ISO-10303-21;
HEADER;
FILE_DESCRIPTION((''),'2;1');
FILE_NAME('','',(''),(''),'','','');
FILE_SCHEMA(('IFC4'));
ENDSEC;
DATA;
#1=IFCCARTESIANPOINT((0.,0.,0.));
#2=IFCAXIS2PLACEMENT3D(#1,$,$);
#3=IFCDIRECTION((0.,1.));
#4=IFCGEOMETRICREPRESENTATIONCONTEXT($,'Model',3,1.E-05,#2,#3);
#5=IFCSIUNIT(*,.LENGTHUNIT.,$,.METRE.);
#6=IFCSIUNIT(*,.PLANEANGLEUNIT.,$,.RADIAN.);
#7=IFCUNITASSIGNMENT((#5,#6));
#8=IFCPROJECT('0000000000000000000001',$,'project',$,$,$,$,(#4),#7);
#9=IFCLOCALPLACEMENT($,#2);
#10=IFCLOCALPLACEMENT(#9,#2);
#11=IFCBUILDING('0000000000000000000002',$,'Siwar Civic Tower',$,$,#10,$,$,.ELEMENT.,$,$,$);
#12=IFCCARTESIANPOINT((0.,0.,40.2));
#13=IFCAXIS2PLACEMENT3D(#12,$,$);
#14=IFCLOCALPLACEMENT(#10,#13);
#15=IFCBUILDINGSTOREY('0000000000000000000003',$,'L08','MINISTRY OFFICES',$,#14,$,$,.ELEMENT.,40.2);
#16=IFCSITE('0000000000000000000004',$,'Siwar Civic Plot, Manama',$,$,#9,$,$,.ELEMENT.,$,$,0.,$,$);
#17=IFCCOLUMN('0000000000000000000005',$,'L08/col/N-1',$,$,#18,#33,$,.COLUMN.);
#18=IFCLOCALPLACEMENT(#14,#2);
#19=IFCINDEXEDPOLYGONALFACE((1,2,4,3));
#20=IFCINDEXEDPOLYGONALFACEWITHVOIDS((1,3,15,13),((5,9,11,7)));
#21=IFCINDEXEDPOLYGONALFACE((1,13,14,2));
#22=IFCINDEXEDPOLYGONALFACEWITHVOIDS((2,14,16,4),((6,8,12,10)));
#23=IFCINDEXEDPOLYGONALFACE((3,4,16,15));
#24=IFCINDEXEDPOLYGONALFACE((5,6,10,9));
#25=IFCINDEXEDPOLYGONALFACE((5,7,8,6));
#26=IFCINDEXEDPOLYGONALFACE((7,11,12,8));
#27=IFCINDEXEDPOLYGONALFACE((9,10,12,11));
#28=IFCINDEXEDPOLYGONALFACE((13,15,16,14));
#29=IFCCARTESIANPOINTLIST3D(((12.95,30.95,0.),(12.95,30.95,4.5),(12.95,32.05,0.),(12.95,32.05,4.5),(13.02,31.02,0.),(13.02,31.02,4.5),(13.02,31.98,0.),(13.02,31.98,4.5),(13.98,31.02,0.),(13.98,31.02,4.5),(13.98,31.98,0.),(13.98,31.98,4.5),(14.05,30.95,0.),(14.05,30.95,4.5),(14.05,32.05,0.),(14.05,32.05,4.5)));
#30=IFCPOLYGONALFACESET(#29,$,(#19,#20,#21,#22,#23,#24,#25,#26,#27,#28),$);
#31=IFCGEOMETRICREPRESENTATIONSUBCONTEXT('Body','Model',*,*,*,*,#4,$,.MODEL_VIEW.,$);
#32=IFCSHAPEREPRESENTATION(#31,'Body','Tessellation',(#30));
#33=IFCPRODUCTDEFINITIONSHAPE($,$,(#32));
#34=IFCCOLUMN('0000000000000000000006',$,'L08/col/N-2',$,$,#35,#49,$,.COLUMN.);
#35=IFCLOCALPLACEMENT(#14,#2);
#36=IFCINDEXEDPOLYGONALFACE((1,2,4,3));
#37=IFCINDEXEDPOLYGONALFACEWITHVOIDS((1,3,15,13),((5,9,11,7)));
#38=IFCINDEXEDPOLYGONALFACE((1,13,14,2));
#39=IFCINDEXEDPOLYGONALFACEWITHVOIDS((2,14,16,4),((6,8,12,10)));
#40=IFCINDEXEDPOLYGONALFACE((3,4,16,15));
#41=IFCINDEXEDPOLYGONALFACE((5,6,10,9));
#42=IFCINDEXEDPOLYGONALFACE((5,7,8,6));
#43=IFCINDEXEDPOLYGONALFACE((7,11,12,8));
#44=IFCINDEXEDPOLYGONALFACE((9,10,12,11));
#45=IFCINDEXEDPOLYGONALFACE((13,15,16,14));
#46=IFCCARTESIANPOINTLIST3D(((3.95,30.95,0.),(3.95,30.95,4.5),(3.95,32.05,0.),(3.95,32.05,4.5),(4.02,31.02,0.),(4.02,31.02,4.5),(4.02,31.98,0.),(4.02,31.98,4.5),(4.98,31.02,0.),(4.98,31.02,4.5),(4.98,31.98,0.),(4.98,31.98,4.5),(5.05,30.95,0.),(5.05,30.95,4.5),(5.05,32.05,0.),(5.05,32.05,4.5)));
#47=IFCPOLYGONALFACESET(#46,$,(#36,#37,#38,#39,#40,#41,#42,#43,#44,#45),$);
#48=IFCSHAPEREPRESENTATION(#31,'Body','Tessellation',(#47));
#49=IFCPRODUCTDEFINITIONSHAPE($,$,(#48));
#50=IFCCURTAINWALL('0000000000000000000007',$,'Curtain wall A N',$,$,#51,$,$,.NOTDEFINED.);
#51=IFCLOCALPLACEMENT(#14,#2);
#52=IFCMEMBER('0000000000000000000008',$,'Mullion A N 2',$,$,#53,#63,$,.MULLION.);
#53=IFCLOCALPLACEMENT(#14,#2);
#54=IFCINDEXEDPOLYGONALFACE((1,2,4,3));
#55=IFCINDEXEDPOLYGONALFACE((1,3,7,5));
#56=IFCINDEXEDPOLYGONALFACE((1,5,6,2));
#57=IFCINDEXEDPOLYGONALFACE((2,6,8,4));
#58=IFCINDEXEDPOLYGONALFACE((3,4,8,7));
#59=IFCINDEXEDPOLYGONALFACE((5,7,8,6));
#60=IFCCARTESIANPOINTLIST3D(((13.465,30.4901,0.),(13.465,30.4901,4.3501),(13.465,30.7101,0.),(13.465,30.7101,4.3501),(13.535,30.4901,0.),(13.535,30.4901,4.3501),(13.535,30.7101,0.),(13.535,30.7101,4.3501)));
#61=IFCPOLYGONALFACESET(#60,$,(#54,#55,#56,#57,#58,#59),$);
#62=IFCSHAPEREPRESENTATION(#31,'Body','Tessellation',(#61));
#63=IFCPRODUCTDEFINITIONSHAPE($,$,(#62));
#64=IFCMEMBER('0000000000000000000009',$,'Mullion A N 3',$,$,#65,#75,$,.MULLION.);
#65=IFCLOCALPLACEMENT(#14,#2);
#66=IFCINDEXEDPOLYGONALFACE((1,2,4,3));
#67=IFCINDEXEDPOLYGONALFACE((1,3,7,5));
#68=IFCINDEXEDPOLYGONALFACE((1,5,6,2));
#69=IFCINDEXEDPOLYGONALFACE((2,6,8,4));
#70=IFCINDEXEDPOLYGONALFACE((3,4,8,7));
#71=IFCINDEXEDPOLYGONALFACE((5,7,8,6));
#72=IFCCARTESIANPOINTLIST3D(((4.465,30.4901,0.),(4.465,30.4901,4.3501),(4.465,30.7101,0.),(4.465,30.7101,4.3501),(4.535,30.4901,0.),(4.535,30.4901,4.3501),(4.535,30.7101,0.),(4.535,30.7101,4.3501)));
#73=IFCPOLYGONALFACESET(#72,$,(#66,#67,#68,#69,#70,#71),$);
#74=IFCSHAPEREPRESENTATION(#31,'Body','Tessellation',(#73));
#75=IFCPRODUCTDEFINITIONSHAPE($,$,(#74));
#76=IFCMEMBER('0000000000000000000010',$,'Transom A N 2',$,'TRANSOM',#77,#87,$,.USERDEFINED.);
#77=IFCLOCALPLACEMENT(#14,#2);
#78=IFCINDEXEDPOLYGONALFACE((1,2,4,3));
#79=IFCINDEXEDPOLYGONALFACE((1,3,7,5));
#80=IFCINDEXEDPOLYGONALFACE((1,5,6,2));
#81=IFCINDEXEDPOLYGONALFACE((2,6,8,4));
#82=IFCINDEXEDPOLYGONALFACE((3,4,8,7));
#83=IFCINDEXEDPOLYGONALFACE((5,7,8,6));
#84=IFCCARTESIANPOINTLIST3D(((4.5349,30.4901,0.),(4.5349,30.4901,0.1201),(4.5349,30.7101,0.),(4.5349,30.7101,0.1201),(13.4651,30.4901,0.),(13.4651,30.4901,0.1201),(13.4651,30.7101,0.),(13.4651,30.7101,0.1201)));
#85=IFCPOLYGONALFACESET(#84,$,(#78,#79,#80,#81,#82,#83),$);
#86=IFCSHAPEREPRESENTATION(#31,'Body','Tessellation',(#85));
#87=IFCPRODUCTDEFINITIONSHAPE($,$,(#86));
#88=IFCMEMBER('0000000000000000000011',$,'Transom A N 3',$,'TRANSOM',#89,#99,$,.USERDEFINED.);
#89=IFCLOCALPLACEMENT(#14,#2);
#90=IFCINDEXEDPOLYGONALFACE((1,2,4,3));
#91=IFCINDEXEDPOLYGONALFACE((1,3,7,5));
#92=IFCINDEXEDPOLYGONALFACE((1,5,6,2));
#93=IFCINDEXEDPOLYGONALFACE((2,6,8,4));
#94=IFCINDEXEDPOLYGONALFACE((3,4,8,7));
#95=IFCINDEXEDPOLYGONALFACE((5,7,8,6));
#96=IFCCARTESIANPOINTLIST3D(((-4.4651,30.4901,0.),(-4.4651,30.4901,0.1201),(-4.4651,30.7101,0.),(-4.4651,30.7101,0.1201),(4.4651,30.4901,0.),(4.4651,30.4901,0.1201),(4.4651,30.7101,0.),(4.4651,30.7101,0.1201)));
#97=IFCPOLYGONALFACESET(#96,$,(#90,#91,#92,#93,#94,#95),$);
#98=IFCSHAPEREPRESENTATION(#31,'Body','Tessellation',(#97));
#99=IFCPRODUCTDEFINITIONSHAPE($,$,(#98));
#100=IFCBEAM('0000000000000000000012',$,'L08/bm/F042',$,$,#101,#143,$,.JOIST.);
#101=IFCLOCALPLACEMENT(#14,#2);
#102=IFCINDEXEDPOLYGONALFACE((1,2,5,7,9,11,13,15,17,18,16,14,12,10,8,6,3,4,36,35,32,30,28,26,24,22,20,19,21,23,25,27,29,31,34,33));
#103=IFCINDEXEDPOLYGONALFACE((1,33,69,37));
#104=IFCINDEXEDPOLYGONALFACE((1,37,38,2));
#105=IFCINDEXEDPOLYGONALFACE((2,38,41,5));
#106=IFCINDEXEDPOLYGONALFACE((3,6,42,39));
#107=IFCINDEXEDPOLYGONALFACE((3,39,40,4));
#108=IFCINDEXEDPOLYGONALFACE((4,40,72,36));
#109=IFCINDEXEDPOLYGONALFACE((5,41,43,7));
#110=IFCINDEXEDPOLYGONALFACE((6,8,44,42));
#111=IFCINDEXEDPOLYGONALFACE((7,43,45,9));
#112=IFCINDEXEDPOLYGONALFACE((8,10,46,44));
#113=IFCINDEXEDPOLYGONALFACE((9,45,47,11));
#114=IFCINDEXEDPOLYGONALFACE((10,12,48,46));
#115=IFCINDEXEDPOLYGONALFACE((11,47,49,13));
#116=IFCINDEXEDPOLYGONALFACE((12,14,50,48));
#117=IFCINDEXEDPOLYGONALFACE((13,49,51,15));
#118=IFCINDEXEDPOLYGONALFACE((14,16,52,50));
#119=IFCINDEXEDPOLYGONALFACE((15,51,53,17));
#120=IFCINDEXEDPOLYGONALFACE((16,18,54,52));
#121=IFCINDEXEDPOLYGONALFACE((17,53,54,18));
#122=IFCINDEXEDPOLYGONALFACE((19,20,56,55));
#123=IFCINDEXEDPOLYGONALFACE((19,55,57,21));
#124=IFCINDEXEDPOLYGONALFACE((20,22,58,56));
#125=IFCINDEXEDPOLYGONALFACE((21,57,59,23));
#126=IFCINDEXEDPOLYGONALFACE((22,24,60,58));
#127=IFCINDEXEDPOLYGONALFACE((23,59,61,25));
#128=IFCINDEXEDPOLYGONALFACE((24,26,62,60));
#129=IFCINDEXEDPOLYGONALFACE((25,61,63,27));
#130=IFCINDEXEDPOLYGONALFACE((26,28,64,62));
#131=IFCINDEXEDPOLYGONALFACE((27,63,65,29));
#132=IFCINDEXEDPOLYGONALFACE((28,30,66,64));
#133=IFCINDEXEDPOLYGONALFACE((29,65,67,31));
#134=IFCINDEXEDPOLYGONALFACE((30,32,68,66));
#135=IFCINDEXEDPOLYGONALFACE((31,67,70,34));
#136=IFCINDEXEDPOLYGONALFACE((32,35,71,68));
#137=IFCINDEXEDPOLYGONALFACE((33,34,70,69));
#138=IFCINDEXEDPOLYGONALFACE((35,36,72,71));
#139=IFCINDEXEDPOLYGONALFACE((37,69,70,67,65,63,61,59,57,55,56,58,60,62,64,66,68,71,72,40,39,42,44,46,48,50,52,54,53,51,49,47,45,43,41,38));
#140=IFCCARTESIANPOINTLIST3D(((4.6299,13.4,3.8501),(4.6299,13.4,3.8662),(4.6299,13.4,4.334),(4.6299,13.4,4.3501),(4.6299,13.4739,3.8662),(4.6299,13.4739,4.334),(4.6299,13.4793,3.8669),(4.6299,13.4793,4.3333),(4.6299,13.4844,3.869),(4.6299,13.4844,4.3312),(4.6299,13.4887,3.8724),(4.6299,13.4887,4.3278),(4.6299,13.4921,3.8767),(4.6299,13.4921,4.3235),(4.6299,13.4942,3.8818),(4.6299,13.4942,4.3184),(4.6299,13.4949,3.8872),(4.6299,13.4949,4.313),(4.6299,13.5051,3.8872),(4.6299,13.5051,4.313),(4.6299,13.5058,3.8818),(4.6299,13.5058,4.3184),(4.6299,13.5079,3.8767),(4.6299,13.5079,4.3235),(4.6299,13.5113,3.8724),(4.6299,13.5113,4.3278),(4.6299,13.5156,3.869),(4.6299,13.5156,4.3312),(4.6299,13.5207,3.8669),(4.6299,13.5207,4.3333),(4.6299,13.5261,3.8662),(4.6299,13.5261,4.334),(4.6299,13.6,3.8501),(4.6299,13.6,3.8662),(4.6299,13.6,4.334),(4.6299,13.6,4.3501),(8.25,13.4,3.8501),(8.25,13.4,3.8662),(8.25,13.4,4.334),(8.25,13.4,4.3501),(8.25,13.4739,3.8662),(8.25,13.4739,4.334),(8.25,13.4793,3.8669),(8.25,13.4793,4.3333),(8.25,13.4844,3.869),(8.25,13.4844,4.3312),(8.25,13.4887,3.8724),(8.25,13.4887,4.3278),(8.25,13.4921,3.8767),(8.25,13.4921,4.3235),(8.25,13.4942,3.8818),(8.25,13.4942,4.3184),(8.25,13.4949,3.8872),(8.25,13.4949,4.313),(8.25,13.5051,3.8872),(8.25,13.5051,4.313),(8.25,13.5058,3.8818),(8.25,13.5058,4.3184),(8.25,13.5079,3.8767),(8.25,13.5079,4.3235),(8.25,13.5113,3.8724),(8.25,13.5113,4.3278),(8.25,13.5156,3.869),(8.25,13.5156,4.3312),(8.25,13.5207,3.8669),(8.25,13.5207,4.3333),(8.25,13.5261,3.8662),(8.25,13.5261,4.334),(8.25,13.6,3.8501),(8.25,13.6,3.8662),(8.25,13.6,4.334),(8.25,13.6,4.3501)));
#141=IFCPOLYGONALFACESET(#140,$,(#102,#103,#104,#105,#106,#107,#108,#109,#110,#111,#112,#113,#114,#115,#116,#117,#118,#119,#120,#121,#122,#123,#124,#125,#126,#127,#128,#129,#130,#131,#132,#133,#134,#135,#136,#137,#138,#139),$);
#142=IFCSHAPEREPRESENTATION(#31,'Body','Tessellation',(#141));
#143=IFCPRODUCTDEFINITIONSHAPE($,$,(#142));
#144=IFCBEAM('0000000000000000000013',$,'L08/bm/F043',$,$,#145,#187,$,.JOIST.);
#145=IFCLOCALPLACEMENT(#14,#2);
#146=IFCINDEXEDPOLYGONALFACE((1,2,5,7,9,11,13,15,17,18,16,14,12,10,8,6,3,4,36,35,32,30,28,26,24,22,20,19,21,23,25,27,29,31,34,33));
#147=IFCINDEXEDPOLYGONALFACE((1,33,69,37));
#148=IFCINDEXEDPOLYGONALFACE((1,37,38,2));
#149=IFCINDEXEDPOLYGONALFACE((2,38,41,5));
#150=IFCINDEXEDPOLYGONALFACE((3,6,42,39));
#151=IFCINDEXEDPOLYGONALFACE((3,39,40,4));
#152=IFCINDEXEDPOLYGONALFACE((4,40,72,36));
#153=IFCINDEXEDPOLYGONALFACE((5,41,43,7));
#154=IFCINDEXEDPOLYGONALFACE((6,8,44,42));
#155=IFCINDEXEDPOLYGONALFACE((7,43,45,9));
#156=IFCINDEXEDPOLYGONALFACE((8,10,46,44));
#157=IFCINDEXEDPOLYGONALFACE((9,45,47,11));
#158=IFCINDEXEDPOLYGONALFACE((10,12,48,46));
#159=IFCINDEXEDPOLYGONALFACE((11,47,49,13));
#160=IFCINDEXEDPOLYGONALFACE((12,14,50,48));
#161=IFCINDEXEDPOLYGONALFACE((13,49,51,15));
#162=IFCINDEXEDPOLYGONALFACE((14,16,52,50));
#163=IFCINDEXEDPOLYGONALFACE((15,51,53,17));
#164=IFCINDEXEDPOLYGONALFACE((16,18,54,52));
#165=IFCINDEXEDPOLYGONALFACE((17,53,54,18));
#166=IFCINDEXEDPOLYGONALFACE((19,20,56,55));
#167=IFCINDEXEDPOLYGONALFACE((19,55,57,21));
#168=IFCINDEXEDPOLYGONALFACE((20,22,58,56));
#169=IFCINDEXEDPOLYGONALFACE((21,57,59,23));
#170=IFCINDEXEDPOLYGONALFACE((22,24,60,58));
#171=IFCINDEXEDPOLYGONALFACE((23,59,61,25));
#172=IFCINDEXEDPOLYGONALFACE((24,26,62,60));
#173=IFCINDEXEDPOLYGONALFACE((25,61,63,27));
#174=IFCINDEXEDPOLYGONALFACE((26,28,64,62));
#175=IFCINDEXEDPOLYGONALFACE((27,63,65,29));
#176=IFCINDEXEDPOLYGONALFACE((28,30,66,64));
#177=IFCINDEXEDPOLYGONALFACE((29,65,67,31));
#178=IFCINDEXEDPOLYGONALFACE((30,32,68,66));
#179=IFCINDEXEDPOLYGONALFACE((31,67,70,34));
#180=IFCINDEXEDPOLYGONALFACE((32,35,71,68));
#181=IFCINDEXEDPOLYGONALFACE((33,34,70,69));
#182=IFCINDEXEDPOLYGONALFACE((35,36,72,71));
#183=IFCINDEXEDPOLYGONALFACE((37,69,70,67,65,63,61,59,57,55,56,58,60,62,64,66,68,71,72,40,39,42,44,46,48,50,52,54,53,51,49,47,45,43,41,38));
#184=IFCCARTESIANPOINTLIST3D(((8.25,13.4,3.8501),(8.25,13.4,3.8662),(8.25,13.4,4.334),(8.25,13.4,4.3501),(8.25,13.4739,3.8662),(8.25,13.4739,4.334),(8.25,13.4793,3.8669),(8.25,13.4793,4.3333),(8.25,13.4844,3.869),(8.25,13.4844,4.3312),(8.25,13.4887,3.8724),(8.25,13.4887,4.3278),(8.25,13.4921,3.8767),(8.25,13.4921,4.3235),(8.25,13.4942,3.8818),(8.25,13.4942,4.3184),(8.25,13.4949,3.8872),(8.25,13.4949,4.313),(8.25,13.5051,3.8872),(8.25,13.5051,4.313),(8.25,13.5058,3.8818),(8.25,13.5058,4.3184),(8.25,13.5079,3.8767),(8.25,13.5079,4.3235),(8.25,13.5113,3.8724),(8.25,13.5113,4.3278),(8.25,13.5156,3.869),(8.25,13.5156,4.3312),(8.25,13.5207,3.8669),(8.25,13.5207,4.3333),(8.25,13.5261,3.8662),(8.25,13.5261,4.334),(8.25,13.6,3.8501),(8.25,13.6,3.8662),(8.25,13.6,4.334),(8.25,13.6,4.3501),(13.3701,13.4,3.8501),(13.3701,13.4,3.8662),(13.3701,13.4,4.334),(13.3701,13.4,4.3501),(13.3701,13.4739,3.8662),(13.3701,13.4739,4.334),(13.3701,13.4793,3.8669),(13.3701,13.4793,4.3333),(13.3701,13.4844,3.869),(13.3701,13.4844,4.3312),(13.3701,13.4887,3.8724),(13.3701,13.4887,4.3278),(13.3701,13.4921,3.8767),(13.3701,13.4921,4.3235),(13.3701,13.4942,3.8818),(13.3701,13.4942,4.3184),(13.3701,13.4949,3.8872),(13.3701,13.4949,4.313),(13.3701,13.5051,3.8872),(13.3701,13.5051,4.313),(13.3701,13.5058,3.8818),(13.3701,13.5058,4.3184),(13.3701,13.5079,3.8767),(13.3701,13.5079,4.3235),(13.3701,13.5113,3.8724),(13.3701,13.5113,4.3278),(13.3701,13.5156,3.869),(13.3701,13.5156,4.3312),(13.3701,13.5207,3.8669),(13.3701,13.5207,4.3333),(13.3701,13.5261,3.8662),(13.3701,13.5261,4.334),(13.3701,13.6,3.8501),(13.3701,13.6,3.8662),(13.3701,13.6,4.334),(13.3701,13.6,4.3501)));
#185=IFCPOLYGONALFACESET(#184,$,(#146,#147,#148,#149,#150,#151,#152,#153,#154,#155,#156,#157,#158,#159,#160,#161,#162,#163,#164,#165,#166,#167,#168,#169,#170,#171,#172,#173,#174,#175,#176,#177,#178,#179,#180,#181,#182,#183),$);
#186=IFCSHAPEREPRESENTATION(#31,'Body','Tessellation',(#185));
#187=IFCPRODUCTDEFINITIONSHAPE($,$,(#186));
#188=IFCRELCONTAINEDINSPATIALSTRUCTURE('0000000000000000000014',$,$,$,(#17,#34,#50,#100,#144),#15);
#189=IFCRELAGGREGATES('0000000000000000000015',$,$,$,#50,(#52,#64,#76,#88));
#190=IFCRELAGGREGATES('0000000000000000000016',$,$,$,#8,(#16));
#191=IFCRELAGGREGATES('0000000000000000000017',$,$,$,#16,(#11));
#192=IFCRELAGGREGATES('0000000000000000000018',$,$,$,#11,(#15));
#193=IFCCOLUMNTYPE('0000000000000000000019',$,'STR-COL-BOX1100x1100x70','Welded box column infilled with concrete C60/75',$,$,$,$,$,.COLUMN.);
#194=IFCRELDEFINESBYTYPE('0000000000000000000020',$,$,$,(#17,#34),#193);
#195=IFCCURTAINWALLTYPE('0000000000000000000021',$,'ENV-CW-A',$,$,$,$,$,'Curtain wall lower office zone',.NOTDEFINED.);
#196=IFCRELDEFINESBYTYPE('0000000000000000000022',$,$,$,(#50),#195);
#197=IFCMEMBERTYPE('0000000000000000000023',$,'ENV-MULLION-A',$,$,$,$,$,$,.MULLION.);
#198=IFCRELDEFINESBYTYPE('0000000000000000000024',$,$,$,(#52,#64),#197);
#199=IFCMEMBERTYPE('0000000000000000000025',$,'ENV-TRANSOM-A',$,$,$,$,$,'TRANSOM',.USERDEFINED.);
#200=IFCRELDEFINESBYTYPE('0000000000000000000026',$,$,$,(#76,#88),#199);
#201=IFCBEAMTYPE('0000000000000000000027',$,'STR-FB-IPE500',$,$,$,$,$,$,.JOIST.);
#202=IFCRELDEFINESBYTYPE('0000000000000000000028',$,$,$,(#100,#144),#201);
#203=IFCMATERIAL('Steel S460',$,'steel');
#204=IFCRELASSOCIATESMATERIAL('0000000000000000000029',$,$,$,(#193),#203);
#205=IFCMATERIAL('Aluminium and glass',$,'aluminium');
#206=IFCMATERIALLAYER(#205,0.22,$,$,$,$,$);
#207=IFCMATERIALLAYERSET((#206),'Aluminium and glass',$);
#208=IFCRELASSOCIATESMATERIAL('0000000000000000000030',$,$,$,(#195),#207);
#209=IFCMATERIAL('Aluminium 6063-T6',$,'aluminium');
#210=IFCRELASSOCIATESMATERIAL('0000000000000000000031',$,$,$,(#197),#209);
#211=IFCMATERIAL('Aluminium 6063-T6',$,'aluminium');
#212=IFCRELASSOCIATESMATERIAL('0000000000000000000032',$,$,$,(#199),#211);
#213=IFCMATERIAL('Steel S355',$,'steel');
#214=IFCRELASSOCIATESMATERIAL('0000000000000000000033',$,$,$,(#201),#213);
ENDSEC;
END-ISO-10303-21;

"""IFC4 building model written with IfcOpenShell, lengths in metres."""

from ifc_helpers import new_model, si_unit, direction, frame, origin, origin_2d, place, context, subcontext, project, spatial, rectangle, hollow_rectangle, i_section, extrude, material, layer, layer_set, material_profile, profile_set, type_object, element, aggregate, save


model = new_model("IFC4")

# Units and contexts
model_context = context("Model", 3, precision=1e-05, world=origin(), true_north=direction((0.0, 1.0)))
body_context = subcontext(model_context, "Body", "Model", "MODEL_VIEW")
ifc_project = project(units=[si_unit("LENGTHUNIT", "METRE"), si_unit("PLANEANGLEUNIT", "RADIAN")], contexts=[model_context])

# Site, building, storey
site_placement = place(None, origin())
site = spatial("IfcSite", under=ifc_project, at=site_placement, Name="Siwar Civic Plot, Manama", CompositionType="ELEMENT", RefElevation=0.0)
building_placement = place(site_placement, origin())
building = spatial("IfcBuilding", under=site, at=building_placement, Name="Siwar Civic Tower", CompositionType="ELEMENT")
storey_placement = place(building_placement, frame((0.0, 0.0, 40.2)))
storey = spatial("IfcBuildingStorey", under=building, at=storey_placement, Name="L08", Description="MINISTRY OFFICES", CompositionType="ELEMENT", Elevation=40.2)

# Columns
ifc_material_1 = material(Name="Steel S460", Category="steel")
ifc_material_profile_1 = material_profile(ifc_material_1, hollow_rectangle(XDim=1.1001, YDim=1.1001, WallThickness=0.0701, at=origin_2d()), Name="BOX1100x1100x70")
ifc_profile_set_1 = profile_set([ifc_material_profile_1], Name="Steel S460")
column_type = type_object("IfcColumnType", Name="STR-COL-BOX1100x1100x70", Description="Welded box column infilled with concrete C60/75", PredefinedType="COLUMN", material=ifc_profile_set_1)
for number, where, z_axis, x_axis, name in (
    (1, (13.5, 31.5, 0.0), (0.0, 0.0, 1.0), (1.0, 0.0, 0.0), "L08/col/N-1"),
    (2, (4.5, 31.5, 0.0), (0.0, 0.0, 1.0), (1.0, 0.0, 0.0), "L08/col/N-2"),
):
    element("IfcColumn", number, at=place(storey_placement, frame(where, z_axis=z_axis, x_axis=x_axis)), inside=storey, type_object=column_type, Name=name, PredefinedType="COLUMN", context=body_context, shape_type="SweptSolid", body=[
        extrude(hollow_rectangle(XDim=1.1001, YDim=1.1001, WallThickness=0.0701, at=origin_2d()), origin(), (0.0, 0.0, 1.0), 4.5),
    ])

# Curtain wall, members
ifc_material_2 = material(Name="Aluminium and glass", Category="aluminium")
ifc_layer_1 = layer(ifc_material_2, 0.22)
ifc_layer_set_1 = layer_set([ifc_layer_1], Name="Aluminium and glass")
curtain_wall_type = type_object("IfcCurtainWallType", Name="ENV-CW-A", ElementType="Curtain wall lower office zone", PredefinedType="NOTDEFINED", material=ifc_layer_set_1)
curtain_wall_placement = place(storey_placement, origin())
curtain_wall = element("IfcCurtainWall", 3, at=curtain_wall_placement, inside=storey, type_object=curtain_wall_type, Name="Curtain wall A N", PredefinedType="NOTDEFINED")
ifc_material_3 = material(Name="Aluminium 6063-T6", Category="aluminium")
ifc_material_profile_2 = material_profile(ifc_material_3, rectangle(XDim=0.22, YDim=0.0701, at=origin_2d()), Name="AL 220x70")
ifc_profile_set_2 = profile_set([ifc_material_profile_2], Name="Aluminium 6063-T6")
member_type_1 = type_object("IfcMemberType", Name="ENV-MULLION-A", PredefinedType="MULLION", material=ifc_profile_set_2)
member_1_placement = place(storey_placement, frame((13.5, 30.6001, 0.0), z_axis=(0.0, 0.0, 1.0), x_axis=(0.0, -1.0, 0.0)))
member_1 = element("IfcMember", 4, at=member_1_placement, type_object=member_type_1, Name="Mullion A N 2", PredefinedType="MULLION", context=body_context, shape_type="SweptSolid", body=[
    extrude(rectangle(XDim=0.22, YDim=0.0701, at=origin_2d()), origin(), (0.0, 0.0, 1.0), 4.3501),
])
member_2_placement = place(storey_placement, frame((4.5, 30.6001, 0.0), z_axis=(0.0, 0.0, 1.0), x_axis=(0.0, -1.0, 0.0)))
member_2 = element("IfcMember", 5, at=member_2_placement, type_object=member_type_1, Name="Mullion A N 3", PredefinedType="MULLION", context=body_context, shape_type="SweptSolid", body=[
    extrude(rectangle(XDim=0.22, YDim=0.0701, at=origin_2d()), origin(), (0.0, 0.0, 1.0), 4.3501),
])
ifc_material_4 = material(Name="Aluminium 6063-T6", Category="aluminium")
ifc_material_profile_3 = material_profile(ifc_material_4, rectangle(XDim=0.22, YDim=0.1201, at=origin_2d()), Name="AL 220x120")
ifc_profile_set_3 = profile_set([ifc_material_profile_3], Name="Aluminium 6063-T6")
member_type_2 = type_object("IfcMemberType", Name="ENV-TRANSOM-A", ElementType="TRANSOM", PredefinedType="USERDEFINED", material=ifc_profile_set_3)
member_3_placement = place(storey_placement, frame((13.4651, 30.6001, 0.0601), z_axis=(-1.0, 0.0, 0.0), x_axis=(0.0, -1.0, 0.0)))
member_3 = element("IfcMember", 6, at=member_3_placement, type_object=member_type_2, Name="Transom A N 2", ObjectType="TRANSOM", PredefinedType="USERDEFINED", context=body_context, shape_type="SweptSolid", body=[
    extrude(rectangle(XDim=0.22, YDim=0.1201, at=origin_2d()), origin(), (0.0, 0.0, 1.0), 8.9302),
])
member_4_placement = place(storey_placement, frame((4.4651, 30.6001, 0.0601), z_axis=(-1.0, 0.0, 0.0), x_axis=(0.0, -1.0, 0.0)))
member_4 = element("IfcMember", 7, at=member_4_placement, type_object=member_type_2, Name="Transom A N 3", ObjectType="TRANSOM", PredefinedType="USERDEFINED", context=body_context, shape_type="SweptSolid", body=[
    extrude(rectangle(XDim=0.22, YDim=0.1201, at=origin_2d()), origin(), (0.0, 0.0, 1.0), 8.9302),
])

# Beams
ifc_material_5 = material(Name="Steel S355", Category="steel")
ifc_material_profile_4 = material_profile(ifc_material_5, i_section(OverallWidth=0.2, OverallDepth=0.5, WebThickness=0.0103, FlangeThickness=0.0161, FilletRadius=0.021, at=origin_2d()), Name="IPE500")
ifc_profile_set_4 = profile_set([ifc_material_profile_4], Name="Steel S355")
beam_type_1 = type_object("IfcBeamType", Name="STR-FB-IPE500", PredefinedType="JOIST", material=ifc_profile_set_4)
beam_1_placement = place(storey_placement, frame((4.6299, 13.5, 4.1001), z_axis=(1.0, 0.0, 0.0), x_axis=(0.0, 1.0, 0.0)))
element("IfcBeam", 8, at=beam_1_placement, inside=storey, type_object=beam_type_1, Name="L08/bm/F042", PredefinedType="JOIST", context=body_context, shape_type="SweptSolid", body=[
    extrude(i_section(OverallWidth=0.2, OverallDepth=0.5, WebThickness=0.0103, FlangeThickness=0.0161, FilletRadius=0.021, at=origin_2d()), origin(), (0.0, 0.0, 1.0), 3.6201),
])
beam_2_placement = place(storey_placement, frame((8.25, 13.5, 4.1001), z_axis=(1.0, 0.0, 0.0), x_axis=(0.0, 1.0, 0.0)))
element("IfcBeam", 9, at=beam_2_placement, inside=storey, type_object=beam_type_1, Name="L08/bm/F043", PredefinedType="JOIST", context=body_context, shape_type="SweptSolid", body=[
    extrude(i_section(OverallWidth=0.2, OverallDepth=0.5, WebThickness=0.0103, FlangeThickness=0.0161, FilletRadius=0.021, at=origin_2d()), origin(), (0.0, 0.0, 1.0), 5.1201),
])

aggregate(curtain_wall, [member_1, member_2, member_3, member_4])

save(model, "model.ifc")
